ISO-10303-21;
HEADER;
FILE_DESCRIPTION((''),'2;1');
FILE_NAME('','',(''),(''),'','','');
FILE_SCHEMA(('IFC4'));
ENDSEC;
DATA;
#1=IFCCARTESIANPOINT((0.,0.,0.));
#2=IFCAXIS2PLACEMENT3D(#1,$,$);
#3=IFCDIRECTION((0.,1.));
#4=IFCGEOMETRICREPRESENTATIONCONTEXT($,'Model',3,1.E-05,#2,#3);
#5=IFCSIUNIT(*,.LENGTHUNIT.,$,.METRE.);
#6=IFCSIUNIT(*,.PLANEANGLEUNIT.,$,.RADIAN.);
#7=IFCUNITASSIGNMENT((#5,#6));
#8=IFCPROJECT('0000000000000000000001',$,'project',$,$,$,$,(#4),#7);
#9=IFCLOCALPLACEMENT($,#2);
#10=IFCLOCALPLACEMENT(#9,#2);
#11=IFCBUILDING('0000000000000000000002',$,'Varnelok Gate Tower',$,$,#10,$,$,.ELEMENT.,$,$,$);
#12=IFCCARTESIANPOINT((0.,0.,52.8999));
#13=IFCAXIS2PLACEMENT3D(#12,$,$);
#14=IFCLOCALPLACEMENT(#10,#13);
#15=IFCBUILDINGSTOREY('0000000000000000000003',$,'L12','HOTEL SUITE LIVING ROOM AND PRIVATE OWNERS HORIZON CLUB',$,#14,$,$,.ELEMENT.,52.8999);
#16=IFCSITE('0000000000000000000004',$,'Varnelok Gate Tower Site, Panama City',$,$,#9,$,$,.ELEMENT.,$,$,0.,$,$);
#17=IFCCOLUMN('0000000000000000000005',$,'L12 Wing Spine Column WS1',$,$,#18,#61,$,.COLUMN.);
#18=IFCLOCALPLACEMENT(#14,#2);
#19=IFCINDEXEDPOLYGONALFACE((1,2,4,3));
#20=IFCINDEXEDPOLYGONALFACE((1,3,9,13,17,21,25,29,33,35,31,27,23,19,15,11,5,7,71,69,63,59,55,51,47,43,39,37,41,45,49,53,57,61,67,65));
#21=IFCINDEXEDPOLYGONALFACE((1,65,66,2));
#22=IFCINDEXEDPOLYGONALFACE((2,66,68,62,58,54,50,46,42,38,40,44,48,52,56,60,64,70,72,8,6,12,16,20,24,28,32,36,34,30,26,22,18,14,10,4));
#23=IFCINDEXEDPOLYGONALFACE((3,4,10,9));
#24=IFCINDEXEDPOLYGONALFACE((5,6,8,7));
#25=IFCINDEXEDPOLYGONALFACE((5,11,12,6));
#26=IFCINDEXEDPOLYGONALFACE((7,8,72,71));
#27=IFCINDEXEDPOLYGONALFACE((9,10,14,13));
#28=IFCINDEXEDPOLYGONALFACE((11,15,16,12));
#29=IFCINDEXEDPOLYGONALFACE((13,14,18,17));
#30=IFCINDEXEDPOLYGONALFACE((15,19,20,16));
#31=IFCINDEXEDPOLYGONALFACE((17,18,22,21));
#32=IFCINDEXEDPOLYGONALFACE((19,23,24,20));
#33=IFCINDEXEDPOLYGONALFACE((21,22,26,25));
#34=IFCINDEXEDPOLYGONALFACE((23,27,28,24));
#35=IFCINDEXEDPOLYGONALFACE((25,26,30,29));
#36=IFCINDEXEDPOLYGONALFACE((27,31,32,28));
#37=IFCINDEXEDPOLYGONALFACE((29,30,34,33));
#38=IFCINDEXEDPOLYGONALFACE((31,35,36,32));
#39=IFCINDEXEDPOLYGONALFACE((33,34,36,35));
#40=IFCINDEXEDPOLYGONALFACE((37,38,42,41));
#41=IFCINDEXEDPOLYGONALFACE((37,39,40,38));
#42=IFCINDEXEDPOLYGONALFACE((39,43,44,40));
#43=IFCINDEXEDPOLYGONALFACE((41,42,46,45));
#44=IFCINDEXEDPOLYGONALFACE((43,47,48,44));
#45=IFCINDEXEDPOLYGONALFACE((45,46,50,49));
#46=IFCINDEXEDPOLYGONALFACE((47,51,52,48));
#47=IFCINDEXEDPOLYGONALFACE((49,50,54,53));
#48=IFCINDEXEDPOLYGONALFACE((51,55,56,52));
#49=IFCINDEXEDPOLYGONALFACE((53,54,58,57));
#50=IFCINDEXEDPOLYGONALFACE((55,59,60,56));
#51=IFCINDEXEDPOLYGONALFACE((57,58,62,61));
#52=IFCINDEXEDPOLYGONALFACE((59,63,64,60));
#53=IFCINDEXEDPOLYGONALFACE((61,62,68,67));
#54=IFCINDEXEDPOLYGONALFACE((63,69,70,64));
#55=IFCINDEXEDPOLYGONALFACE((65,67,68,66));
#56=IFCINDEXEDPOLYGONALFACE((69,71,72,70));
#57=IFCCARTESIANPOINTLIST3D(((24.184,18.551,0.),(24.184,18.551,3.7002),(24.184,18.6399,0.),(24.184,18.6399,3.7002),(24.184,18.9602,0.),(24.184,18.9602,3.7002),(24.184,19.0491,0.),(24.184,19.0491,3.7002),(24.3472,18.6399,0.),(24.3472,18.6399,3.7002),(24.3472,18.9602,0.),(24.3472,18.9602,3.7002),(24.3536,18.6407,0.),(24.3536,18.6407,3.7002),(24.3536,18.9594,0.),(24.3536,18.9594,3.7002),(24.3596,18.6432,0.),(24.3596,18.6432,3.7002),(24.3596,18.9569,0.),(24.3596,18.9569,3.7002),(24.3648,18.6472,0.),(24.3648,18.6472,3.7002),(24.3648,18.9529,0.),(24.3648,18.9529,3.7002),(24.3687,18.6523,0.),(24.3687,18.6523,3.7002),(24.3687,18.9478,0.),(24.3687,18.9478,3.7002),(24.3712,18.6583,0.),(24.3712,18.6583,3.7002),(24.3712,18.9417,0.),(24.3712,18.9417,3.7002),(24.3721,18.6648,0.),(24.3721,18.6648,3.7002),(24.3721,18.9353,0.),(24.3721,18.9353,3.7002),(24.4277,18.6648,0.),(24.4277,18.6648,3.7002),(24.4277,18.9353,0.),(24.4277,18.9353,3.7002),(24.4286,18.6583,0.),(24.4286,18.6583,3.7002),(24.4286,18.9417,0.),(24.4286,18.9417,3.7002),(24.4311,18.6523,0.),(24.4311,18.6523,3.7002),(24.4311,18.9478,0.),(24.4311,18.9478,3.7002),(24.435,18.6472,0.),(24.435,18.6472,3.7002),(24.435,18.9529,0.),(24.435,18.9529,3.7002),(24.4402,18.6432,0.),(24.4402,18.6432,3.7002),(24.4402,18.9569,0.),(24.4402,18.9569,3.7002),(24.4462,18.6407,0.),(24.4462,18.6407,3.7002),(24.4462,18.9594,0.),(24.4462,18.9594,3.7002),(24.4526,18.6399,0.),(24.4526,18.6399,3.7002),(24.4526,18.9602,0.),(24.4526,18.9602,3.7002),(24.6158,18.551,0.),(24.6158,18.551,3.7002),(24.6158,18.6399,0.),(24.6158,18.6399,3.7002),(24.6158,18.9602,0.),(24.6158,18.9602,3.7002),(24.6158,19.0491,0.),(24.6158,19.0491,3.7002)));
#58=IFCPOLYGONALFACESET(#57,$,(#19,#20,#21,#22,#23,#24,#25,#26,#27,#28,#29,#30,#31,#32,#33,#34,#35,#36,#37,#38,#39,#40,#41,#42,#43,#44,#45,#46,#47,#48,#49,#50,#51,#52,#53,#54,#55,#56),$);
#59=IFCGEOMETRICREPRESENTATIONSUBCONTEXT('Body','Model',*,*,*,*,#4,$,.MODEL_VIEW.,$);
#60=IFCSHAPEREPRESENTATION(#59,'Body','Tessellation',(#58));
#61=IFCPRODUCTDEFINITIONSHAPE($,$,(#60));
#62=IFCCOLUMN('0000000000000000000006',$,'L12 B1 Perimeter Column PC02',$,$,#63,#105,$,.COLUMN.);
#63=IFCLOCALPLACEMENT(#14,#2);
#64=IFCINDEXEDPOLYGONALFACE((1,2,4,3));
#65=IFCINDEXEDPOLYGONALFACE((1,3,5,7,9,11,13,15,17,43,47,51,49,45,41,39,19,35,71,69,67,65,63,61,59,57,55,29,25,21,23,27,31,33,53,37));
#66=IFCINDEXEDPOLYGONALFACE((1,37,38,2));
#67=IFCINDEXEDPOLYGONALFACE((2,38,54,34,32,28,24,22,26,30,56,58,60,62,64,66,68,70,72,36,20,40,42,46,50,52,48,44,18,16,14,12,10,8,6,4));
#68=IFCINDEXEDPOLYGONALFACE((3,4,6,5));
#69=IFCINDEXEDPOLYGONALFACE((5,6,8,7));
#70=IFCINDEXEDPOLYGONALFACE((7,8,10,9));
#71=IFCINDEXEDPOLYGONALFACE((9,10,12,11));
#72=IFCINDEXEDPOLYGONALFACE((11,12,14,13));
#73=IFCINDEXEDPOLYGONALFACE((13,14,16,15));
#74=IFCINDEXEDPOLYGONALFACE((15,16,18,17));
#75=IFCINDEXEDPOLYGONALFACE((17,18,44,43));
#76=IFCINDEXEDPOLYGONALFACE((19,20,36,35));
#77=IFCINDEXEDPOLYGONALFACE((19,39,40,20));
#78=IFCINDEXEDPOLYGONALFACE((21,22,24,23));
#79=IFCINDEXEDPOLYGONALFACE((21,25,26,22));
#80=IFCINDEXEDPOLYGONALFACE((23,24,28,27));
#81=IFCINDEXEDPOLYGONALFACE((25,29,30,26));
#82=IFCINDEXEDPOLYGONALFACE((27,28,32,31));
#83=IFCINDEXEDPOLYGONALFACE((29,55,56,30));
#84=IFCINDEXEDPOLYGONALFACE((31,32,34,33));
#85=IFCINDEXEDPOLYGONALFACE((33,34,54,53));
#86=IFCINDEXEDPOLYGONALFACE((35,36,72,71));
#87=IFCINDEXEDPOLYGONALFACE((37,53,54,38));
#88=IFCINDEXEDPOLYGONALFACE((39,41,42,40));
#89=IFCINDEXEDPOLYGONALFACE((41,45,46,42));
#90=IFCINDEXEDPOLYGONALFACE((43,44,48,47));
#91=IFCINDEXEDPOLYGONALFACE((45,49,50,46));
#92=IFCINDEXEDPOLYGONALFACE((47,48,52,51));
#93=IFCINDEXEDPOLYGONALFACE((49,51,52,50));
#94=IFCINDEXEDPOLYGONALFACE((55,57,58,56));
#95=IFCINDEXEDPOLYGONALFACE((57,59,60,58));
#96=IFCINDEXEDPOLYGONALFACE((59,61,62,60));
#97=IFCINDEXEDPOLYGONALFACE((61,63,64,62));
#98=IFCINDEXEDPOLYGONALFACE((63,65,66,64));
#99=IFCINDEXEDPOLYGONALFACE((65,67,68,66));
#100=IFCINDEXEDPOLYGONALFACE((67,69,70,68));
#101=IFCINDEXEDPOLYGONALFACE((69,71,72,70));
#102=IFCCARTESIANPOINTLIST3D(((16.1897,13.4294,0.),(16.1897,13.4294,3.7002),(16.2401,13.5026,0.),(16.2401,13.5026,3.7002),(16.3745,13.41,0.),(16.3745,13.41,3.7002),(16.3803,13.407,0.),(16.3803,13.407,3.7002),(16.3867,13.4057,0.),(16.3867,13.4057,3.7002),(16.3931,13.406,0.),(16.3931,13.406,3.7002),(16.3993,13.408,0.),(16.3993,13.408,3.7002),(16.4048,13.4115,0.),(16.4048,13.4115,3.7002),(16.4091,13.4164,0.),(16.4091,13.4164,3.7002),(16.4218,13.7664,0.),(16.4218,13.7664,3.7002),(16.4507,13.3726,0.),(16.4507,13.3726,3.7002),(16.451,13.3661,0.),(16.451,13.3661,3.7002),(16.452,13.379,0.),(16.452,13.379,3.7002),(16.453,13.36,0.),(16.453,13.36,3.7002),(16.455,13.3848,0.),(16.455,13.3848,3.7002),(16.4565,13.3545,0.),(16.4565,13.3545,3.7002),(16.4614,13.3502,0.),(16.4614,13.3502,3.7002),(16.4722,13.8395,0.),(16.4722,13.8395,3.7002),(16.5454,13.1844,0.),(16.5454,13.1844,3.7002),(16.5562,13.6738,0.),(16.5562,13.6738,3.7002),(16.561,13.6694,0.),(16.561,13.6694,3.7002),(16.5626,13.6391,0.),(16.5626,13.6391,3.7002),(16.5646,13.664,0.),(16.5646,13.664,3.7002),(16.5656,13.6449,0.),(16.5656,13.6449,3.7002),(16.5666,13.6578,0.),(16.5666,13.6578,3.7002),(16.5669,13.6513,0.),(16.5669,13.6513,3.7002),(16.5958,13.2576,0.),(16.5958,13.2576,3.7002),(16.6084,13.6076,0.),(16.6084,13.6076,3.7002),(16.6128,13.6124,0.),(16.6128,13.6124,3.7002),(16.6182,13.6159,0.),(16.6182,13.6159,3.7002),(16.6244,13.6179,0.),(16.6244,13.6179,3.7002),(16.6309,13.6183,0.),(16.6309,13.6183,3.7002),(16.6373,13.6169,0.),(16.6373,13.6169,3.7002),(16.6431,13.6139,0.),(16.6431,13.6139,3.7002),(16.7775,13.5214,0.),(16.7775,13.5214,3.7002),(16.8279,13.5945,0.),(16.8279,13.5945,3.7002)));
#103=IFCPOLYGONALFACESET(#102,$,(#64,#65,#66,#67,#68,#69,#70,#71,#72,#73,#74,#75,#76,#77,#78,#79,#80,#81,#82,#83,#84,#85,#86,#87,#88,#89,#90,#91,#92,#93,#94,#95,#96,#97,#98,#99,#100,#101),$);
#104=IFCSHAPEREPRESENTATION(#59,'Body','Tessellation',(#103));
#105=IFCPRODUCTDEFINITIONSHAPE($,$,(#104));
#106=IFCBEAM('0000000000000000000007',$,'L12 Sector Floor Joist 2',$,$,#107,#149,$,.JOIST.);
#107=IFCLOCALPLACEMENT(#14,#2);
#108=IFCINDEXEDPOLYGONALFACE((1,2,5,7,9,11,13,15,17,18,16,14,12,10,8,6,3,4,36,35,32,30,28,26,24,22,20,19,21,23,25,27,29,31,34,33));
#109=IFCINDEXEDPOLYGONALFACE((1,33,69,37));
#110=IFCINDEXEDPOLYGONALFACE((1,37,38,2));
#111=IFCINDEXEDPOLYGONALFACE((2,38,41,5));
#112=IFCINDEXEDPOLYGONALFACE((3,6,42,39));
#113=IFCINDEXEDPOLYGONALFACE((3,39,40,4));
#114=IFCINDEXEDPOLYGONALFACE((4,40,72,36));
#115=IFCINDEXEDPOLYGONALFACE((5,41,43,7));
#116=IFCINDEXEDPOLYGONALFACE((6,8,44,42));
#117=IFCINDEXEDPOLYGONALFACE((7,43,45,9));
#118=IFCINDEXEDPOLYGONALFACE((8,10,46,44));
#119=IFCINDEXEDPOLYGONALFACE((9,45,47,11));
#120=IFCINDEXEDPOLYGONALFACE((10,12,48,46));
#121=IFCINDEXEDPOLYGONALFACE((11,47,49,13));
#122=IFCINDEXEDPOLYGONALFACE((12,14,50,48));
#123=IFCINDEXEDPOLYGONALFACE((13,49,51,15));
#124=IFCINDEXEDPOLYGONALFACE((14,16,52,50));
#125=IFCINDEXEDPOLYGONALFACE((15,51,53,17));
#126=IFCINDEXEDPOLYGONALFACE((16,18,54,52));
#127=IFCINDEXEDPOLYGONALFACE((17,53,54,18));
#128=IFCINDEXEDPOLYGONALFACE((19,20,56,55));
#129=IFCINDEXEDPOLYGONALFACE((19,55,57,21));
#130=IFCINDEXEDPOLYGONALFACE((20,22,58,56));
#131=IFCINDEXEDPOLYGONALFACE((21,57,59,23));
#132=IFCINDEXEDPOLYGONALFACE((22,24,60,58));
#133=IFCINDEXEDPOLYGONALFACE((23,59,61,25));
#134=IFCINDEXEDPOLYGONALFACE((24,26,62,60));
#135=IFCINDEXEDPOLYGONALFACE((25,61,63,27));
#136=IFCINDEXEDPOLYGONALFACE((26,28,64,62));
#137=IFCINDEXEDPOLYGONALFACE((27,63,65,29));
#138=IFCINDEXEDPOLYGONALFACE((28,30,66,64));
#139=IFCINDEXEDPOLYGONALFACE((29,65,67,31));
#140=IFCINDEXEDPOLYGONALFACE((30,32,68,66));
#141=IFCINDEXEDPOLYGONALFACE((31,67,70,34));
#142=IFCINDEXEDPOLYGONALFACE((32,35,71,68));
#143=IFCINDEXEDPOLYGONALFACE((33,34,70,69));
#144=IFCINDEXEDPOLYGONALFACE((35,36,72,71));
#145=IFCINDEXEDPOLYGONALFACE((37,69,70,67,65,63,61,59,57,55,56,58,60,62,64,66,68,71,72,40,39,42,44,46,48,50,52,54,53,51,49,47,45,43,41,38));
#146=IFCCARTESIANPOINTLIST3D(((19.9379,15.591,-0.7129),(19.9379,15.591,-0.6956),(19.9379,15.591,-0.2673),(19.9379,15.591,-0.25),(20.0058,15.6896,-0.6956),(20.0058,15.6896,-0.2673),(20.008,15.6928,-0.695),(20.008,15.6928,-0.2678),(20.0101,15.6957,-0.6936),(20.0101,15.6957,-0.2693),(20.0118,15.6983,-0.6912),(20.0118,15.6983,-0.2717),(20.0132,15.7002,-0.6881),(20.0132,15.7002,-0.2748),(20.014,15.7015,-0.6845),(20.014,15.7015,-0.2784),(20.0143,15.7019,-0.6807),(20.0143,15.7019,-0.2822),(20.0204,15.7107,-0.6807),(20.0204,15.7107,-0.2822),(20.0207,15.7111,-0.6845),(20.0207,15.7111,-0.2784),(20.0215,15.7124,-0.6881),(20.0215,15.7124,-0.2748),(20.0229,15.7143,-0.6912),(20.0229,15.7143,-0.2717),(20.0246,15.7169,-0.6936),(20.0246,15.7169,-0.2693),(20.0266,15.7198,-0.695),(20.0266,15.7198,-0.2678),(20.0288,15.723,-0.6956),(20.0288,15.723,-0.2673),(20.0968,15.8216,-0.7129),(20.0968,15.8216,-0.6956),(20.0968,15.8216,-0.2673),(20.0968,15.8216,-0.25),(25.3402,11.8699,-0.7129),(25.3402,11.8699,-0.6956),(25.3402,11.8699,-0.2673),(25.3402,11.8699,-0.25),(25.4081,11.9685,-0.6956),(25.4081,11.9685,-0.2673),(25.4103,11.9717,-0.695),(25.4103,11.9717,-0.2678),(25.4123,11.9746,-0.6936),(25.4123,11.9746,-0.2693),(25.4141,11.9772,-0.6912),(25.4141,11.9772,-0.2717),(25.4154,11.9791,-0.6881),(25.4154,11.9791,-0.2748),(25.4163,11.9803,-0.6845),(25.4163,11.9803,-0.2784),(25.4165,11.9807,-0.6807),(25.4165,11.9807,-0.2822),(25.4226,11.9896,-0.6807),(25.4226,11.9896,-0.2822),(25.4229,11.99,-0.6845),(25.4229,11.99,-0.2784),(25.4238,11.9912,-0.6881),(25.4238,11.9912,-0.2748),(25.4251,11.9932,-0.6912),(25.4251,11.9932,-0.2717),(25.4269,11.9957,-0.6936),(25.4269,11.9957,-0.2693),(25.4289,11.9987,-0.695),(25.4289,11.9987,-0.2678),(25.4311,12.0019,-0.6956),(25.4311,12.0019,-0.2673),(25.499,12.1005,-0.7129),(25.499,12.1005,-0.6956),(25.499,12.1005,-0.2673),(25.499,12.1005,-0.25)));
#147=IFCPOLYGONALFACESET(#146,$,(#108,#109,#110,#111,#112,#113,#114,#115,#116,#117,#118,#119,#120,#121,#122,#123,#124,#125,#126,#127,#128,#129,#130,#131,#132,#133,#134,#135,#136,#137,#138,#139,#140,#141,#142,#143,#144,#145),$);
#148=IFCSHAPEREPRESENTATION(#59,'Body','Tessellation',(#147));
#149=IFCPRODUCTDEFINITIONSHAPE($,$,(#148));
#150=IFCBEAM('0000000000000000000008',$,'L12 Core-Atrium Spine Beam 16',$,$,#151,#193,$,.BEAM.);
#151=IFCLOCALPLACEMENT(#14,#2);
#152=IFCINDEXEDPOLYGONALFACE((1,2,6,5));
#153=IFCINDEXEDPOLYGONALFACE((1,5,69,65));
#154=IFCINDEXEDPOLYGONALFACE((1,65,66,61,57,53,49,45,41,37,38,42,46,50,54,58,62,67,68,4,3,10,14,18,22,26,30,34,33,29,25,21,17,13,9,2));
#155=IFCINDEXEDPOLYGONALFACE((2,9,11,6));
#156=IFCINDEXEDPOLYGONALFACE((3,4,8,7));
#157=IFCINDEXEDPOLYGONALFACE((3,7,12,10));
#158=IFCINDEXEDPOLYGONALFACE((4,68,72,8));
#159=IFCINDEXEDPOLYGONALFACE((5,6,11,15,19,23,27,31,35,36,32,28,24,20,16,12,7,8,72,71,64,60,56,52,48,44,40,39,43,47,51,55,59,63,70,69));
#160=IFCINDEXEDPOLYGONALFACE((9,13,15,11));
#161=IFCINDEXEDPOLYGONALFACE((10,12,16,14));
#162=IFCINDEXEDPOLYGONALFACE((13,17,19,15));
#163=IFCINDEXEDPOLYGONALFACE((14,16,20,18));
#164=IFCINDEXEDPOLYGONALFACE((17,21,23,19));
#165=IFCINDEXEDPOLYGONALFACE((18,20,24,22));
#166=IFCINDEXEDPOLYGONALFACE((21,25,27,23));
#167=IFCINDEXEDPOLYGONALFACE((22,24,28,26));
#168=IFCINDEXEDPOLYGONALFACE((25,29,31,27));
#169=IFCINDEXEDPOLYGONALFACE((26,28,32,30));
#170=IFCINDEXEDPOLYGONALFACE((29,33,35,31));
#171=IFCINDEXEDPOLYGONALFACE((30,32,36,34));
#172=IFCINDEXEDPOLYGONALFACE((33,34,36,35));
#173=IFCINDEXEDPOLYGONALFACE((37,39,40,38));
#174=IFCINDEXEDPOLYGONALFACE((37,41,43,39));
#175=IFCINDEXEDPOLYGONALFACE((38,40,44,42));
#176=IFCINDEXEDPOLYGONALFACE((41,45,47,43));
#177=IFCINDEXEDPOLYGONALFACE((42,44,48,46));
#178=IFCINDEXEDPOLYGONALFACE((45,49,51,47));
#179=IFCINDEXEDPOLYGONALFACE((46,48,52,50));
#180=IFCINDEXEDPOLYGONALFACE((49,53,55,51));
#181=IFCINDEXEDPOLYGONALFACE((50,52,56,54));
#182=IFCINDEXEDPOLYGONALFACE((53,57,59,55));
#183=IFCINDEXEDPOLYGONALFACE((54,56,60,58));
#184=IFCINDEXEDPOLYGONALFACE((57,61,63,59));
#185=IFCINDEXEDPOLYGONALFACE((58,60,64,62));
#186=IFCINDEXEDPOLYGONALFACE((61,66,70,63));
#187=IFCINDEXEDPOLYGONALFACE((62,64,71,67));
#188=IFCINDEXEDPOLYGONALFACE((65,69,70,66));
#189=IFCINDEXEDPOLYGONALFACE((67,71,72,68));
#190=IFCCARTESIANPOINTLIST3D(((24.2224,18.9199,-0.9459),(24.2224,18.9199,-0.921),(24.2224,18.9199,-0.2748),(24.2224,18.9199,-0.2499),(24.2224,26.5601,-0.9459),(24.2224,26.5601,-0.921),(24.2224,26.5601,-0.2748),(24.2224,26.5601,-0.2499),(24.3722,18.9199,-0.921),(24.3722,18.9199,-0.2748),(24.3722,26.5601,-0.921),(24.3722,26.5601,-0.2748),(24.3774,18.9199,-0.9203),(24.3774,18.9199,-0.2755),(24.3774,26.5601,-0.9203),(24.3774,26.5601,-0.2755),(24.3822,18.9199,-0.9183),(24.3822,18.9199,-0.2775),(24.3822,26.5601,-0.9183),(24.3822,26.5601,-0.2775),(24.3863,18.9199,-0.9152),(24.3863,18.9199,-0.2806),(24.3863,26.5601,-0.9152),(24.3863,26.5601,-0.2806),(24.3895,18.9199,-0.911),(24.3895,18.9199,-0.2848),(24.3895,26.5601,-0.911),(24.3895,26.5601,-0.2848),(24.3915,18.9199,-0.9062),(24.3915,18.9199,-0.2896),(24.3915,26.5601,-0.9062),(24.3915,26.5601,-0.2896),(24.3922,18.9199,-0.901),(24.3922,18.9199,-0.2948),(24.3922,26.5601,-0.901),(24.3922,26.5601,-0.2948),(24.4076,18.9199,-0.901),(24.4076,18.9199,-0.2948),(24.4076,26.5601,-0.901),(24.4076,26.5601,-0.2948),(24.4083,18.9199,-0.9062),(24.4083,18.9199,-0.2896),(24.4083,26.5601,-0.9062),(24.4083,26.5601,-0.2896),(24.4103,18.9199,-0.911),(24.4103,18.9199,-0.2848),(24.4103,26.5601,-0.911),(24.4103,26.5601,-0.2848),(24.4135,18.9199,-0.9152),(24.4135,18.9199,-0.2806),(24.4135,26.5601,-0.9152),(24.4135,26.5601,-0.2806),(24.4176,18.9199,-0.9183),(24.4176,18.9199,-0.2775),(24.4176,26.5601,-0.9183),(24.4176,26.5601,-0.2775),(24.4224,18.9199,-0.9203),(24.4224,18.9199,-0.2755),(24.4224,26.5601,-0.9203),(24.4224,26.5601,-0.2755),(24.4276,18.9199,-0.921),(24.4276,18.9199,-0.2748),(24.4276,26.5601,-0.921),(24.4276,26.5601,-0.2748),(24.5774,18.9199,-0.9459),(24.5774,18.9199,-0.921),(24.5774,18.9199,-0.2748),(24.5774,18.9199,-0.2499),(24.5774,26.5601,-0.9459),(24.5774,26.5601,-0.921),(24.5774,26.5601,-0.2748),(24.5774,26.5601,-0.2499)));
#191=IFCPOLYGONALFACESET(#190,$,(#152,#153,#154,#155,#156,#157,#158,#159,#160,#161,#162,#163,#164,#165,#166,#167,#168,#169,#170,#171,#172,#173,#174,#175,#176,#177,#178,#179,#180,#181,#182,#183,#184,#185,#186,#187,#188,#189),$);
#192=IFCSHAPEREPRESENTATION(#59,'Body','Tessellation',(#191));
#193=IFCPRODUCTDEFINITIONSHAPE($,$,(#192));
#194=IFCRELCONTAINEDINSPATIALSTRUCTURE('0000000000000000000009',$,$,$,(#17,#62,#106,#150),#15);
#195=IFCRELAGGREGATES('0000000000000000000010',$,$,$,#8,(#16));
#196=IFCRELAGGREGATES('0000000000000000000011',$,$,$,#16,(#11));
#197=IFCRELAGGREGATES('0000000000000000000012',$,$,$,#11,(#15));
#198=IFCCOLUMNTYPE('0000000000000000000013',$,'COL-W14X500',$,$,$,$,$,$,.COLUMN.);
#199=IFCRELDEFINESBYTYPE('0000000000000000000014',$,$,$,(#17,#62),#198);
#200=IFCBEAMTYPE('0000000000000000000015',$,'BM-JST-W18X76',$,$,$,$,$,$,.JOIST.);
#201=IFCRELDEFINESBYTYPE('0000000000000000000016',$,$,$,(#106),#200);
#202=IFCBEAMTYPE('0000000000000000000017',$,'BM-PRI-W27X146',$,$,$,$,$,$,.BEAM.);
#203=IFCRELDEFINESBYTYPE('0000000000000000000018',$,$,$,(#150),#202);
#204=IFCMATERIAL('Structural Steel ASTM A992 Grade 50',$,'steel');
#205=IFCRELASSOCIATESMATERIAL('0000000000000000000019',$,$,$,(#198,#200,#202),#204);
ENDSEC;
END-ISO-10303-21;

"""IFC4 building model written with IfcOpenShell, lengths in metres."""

from ifc_helpers import new_model, si_unit, direction, frame, origin, origin_2d, place, context, subcontext, project, spatial, i_section, extrude, material, material_profile, profile_set, type_object, element, save


model = new_model("IFC4")

# Units and contexts
model_context = context("Model", 3, precision=1e-05, world=origin(), true_north=direction((0.0, 1.0)))
body_context = subcontext(model_context, "Body", "Model", "MODEL_VIEW")
ifc_project = project(units=[si_unit("LENGTHUNIT", "METRE"), si_unit("PLANEANGLEUNIT", "RADIAN")], contexts=[model_context])

# Site, building, storey
site_placement = place(None, origin())
site = spatial("IfcSite", under=ifc_project, at=site_placement, Name="Varnelok Gate Tower Site, Panama City", CompositionType="ELEMENT", RefElevation=0.0)
building_placement = place(site_placement, origin())
building = spatial("IfcBuilding", under=site, at=building_placement, Name="Varnelok Gate Tower", CompositionType="ELEMENT")
storey_placement = place(building_placement, frame((0.0, 0.0, 52.8999)))
storey = spatial("IfcBuildingStorey", under=building, at=storey_placement, Name="L12", Description="HOTEL SUITE LIVING ROOM AND PRIVATE OWNERS HORIZON CLUB", CompositionType="ELEMENT", Elevation=52.8999)

# Columns
ifc_material_1 = material(Name="Structural Steel ASTM A992 Grade 50", Category="steel")
ifc_material_profile_1 = material_profile(ifc_material_1, i_section(OverallWidth=0.4319, OverallDepth=0.498, WebThickness=0.0557, FlangeThickness=0.0889, FilletRadius=0.0249, at=origin_2d()), Name="W14X500")
ifc_profile_set_1 = profile_set([ifc_material_profile_1], Name="Structural Steel ASTM A992 Grade 50")
column_type = type_object("IfcColumnType", Name="COL-W14X500", PredefinedType="COLUMN", material=ifc_profile_set_1)
for number, where, z_axis, x_axis, name in (
    (1, (24.3999, 18.8, 0.0), (0.0, 0.0, 1.0), (1.0, 0.0, 0.0), "L12 Wing Spine Column WS1"),
    (2, (16.5088, 13.512, 0.0), (0.0, 0.0, 1.0), (0.823533, -0.567269, 0.0), "L12 B1 Perimeter Column PC02"),
):
    element("IfcColumn", number, at=place(storey_placement, frame(where, z_axis=z_axis, x_axis=x_axis)), inside=storey, type_object=column_type, Name=name, PredefinedType="COLUMN", context=body_context, shape_type="SweptSolid", body=[
        extrude(i_section(OverallWidth=0.4319, OverallDepth=0.498, WebThickness=0.0557, FlangeThickness=0.0889, FilletRadius=0.0249, at=origin_2d()), origin(), (0.0, 0.0, 1.0), 3.7002),
    ])

# Beams
ifc_material_profile_2 = material_profile(ifc_material_1, i_section(OverallWidth=0.28, OverallDepth=0.4629, WebThickness=0.0107, FlangeThickness=0.0173, FilletRadius=0.0149, at=origin_2d()), Name="W18X76")
ifc_profile_set_2 = profile_set([ifc_material_profile_2], Name="Structural Steel ASTM A992 Grade 50")
beam_type_1 = type_object("IfcBeamType", Name="BM-JST-W18X76", PredefinedType="JOIST", material=ifc_profile_set_2)
beam_1_placement = place(storey_placement, frame((20.0173, 15.7063, -0.4814), z_axis=(0.823538, -0.567261, 0.0), x_axis=(0.567261, 0.823538, 0.0)))
element("IfcBeam", 3, at=beam_1_placement, inside=storey, type_object=beam_type_1, Name="L12 Sector Floor Joist 2", PredefinedType="JOIST", context=body_context, shape_type="SweptSolid", body=[
    extrude(i_section(OverallWidth=0.28, OverallDepth=0.4629, WebThickness=0.0107, FlangeThickness=0.0173, FilletRadius=0.0149, at=origin_2d()), origin(), (0.0, 0.0, 1.0), 6.5598),
])
ifc_material_profile_3 = material_profile(ifc_material_1, i_section(OverallWidth=0.355, OverallDepth=0.696, WebThickness=0.0154, FlangeThickness=0.0249, FilletRadius=0.02, at=origin_2d()), Name="W27X146")
ifc_profile_set_3 = profile_set([ifc_material_profile_3], Name="Structural Steel ASTM A992 Grade 50")
beam_type_2 = type_object("IfcBeamType", Name="BM-PRI-W27X146", PredefinedType="BEAM", material=ifc_profile_set_3)
beam_2_placement = place(storey_placement, frame((24.3999, 18.9199, -0.5979), z_axis=(0.0, 1.0, 0.0), x_axis=(-1.0, 0.0, 0.0)))
element("IfcBeam", 4, at=beam_2_placement, inside=storey, type_object=beam_type_2, Name="L12 Core-Atrium Spine Beam 16", PredefinedType="BEAM", context=body_context, shape_type="SweptSolid", body=[
    extrude(i_section(OverallWidth=0.355, OverallDepth=0.696, WebThickness=0.0154, FlangeThickness=0.0249, FilletRadius=0.02, at=origin_2d()), origin(), (0.0, 0.0, 1.0), 7.6401),
])

save(model, "model.ifc")
